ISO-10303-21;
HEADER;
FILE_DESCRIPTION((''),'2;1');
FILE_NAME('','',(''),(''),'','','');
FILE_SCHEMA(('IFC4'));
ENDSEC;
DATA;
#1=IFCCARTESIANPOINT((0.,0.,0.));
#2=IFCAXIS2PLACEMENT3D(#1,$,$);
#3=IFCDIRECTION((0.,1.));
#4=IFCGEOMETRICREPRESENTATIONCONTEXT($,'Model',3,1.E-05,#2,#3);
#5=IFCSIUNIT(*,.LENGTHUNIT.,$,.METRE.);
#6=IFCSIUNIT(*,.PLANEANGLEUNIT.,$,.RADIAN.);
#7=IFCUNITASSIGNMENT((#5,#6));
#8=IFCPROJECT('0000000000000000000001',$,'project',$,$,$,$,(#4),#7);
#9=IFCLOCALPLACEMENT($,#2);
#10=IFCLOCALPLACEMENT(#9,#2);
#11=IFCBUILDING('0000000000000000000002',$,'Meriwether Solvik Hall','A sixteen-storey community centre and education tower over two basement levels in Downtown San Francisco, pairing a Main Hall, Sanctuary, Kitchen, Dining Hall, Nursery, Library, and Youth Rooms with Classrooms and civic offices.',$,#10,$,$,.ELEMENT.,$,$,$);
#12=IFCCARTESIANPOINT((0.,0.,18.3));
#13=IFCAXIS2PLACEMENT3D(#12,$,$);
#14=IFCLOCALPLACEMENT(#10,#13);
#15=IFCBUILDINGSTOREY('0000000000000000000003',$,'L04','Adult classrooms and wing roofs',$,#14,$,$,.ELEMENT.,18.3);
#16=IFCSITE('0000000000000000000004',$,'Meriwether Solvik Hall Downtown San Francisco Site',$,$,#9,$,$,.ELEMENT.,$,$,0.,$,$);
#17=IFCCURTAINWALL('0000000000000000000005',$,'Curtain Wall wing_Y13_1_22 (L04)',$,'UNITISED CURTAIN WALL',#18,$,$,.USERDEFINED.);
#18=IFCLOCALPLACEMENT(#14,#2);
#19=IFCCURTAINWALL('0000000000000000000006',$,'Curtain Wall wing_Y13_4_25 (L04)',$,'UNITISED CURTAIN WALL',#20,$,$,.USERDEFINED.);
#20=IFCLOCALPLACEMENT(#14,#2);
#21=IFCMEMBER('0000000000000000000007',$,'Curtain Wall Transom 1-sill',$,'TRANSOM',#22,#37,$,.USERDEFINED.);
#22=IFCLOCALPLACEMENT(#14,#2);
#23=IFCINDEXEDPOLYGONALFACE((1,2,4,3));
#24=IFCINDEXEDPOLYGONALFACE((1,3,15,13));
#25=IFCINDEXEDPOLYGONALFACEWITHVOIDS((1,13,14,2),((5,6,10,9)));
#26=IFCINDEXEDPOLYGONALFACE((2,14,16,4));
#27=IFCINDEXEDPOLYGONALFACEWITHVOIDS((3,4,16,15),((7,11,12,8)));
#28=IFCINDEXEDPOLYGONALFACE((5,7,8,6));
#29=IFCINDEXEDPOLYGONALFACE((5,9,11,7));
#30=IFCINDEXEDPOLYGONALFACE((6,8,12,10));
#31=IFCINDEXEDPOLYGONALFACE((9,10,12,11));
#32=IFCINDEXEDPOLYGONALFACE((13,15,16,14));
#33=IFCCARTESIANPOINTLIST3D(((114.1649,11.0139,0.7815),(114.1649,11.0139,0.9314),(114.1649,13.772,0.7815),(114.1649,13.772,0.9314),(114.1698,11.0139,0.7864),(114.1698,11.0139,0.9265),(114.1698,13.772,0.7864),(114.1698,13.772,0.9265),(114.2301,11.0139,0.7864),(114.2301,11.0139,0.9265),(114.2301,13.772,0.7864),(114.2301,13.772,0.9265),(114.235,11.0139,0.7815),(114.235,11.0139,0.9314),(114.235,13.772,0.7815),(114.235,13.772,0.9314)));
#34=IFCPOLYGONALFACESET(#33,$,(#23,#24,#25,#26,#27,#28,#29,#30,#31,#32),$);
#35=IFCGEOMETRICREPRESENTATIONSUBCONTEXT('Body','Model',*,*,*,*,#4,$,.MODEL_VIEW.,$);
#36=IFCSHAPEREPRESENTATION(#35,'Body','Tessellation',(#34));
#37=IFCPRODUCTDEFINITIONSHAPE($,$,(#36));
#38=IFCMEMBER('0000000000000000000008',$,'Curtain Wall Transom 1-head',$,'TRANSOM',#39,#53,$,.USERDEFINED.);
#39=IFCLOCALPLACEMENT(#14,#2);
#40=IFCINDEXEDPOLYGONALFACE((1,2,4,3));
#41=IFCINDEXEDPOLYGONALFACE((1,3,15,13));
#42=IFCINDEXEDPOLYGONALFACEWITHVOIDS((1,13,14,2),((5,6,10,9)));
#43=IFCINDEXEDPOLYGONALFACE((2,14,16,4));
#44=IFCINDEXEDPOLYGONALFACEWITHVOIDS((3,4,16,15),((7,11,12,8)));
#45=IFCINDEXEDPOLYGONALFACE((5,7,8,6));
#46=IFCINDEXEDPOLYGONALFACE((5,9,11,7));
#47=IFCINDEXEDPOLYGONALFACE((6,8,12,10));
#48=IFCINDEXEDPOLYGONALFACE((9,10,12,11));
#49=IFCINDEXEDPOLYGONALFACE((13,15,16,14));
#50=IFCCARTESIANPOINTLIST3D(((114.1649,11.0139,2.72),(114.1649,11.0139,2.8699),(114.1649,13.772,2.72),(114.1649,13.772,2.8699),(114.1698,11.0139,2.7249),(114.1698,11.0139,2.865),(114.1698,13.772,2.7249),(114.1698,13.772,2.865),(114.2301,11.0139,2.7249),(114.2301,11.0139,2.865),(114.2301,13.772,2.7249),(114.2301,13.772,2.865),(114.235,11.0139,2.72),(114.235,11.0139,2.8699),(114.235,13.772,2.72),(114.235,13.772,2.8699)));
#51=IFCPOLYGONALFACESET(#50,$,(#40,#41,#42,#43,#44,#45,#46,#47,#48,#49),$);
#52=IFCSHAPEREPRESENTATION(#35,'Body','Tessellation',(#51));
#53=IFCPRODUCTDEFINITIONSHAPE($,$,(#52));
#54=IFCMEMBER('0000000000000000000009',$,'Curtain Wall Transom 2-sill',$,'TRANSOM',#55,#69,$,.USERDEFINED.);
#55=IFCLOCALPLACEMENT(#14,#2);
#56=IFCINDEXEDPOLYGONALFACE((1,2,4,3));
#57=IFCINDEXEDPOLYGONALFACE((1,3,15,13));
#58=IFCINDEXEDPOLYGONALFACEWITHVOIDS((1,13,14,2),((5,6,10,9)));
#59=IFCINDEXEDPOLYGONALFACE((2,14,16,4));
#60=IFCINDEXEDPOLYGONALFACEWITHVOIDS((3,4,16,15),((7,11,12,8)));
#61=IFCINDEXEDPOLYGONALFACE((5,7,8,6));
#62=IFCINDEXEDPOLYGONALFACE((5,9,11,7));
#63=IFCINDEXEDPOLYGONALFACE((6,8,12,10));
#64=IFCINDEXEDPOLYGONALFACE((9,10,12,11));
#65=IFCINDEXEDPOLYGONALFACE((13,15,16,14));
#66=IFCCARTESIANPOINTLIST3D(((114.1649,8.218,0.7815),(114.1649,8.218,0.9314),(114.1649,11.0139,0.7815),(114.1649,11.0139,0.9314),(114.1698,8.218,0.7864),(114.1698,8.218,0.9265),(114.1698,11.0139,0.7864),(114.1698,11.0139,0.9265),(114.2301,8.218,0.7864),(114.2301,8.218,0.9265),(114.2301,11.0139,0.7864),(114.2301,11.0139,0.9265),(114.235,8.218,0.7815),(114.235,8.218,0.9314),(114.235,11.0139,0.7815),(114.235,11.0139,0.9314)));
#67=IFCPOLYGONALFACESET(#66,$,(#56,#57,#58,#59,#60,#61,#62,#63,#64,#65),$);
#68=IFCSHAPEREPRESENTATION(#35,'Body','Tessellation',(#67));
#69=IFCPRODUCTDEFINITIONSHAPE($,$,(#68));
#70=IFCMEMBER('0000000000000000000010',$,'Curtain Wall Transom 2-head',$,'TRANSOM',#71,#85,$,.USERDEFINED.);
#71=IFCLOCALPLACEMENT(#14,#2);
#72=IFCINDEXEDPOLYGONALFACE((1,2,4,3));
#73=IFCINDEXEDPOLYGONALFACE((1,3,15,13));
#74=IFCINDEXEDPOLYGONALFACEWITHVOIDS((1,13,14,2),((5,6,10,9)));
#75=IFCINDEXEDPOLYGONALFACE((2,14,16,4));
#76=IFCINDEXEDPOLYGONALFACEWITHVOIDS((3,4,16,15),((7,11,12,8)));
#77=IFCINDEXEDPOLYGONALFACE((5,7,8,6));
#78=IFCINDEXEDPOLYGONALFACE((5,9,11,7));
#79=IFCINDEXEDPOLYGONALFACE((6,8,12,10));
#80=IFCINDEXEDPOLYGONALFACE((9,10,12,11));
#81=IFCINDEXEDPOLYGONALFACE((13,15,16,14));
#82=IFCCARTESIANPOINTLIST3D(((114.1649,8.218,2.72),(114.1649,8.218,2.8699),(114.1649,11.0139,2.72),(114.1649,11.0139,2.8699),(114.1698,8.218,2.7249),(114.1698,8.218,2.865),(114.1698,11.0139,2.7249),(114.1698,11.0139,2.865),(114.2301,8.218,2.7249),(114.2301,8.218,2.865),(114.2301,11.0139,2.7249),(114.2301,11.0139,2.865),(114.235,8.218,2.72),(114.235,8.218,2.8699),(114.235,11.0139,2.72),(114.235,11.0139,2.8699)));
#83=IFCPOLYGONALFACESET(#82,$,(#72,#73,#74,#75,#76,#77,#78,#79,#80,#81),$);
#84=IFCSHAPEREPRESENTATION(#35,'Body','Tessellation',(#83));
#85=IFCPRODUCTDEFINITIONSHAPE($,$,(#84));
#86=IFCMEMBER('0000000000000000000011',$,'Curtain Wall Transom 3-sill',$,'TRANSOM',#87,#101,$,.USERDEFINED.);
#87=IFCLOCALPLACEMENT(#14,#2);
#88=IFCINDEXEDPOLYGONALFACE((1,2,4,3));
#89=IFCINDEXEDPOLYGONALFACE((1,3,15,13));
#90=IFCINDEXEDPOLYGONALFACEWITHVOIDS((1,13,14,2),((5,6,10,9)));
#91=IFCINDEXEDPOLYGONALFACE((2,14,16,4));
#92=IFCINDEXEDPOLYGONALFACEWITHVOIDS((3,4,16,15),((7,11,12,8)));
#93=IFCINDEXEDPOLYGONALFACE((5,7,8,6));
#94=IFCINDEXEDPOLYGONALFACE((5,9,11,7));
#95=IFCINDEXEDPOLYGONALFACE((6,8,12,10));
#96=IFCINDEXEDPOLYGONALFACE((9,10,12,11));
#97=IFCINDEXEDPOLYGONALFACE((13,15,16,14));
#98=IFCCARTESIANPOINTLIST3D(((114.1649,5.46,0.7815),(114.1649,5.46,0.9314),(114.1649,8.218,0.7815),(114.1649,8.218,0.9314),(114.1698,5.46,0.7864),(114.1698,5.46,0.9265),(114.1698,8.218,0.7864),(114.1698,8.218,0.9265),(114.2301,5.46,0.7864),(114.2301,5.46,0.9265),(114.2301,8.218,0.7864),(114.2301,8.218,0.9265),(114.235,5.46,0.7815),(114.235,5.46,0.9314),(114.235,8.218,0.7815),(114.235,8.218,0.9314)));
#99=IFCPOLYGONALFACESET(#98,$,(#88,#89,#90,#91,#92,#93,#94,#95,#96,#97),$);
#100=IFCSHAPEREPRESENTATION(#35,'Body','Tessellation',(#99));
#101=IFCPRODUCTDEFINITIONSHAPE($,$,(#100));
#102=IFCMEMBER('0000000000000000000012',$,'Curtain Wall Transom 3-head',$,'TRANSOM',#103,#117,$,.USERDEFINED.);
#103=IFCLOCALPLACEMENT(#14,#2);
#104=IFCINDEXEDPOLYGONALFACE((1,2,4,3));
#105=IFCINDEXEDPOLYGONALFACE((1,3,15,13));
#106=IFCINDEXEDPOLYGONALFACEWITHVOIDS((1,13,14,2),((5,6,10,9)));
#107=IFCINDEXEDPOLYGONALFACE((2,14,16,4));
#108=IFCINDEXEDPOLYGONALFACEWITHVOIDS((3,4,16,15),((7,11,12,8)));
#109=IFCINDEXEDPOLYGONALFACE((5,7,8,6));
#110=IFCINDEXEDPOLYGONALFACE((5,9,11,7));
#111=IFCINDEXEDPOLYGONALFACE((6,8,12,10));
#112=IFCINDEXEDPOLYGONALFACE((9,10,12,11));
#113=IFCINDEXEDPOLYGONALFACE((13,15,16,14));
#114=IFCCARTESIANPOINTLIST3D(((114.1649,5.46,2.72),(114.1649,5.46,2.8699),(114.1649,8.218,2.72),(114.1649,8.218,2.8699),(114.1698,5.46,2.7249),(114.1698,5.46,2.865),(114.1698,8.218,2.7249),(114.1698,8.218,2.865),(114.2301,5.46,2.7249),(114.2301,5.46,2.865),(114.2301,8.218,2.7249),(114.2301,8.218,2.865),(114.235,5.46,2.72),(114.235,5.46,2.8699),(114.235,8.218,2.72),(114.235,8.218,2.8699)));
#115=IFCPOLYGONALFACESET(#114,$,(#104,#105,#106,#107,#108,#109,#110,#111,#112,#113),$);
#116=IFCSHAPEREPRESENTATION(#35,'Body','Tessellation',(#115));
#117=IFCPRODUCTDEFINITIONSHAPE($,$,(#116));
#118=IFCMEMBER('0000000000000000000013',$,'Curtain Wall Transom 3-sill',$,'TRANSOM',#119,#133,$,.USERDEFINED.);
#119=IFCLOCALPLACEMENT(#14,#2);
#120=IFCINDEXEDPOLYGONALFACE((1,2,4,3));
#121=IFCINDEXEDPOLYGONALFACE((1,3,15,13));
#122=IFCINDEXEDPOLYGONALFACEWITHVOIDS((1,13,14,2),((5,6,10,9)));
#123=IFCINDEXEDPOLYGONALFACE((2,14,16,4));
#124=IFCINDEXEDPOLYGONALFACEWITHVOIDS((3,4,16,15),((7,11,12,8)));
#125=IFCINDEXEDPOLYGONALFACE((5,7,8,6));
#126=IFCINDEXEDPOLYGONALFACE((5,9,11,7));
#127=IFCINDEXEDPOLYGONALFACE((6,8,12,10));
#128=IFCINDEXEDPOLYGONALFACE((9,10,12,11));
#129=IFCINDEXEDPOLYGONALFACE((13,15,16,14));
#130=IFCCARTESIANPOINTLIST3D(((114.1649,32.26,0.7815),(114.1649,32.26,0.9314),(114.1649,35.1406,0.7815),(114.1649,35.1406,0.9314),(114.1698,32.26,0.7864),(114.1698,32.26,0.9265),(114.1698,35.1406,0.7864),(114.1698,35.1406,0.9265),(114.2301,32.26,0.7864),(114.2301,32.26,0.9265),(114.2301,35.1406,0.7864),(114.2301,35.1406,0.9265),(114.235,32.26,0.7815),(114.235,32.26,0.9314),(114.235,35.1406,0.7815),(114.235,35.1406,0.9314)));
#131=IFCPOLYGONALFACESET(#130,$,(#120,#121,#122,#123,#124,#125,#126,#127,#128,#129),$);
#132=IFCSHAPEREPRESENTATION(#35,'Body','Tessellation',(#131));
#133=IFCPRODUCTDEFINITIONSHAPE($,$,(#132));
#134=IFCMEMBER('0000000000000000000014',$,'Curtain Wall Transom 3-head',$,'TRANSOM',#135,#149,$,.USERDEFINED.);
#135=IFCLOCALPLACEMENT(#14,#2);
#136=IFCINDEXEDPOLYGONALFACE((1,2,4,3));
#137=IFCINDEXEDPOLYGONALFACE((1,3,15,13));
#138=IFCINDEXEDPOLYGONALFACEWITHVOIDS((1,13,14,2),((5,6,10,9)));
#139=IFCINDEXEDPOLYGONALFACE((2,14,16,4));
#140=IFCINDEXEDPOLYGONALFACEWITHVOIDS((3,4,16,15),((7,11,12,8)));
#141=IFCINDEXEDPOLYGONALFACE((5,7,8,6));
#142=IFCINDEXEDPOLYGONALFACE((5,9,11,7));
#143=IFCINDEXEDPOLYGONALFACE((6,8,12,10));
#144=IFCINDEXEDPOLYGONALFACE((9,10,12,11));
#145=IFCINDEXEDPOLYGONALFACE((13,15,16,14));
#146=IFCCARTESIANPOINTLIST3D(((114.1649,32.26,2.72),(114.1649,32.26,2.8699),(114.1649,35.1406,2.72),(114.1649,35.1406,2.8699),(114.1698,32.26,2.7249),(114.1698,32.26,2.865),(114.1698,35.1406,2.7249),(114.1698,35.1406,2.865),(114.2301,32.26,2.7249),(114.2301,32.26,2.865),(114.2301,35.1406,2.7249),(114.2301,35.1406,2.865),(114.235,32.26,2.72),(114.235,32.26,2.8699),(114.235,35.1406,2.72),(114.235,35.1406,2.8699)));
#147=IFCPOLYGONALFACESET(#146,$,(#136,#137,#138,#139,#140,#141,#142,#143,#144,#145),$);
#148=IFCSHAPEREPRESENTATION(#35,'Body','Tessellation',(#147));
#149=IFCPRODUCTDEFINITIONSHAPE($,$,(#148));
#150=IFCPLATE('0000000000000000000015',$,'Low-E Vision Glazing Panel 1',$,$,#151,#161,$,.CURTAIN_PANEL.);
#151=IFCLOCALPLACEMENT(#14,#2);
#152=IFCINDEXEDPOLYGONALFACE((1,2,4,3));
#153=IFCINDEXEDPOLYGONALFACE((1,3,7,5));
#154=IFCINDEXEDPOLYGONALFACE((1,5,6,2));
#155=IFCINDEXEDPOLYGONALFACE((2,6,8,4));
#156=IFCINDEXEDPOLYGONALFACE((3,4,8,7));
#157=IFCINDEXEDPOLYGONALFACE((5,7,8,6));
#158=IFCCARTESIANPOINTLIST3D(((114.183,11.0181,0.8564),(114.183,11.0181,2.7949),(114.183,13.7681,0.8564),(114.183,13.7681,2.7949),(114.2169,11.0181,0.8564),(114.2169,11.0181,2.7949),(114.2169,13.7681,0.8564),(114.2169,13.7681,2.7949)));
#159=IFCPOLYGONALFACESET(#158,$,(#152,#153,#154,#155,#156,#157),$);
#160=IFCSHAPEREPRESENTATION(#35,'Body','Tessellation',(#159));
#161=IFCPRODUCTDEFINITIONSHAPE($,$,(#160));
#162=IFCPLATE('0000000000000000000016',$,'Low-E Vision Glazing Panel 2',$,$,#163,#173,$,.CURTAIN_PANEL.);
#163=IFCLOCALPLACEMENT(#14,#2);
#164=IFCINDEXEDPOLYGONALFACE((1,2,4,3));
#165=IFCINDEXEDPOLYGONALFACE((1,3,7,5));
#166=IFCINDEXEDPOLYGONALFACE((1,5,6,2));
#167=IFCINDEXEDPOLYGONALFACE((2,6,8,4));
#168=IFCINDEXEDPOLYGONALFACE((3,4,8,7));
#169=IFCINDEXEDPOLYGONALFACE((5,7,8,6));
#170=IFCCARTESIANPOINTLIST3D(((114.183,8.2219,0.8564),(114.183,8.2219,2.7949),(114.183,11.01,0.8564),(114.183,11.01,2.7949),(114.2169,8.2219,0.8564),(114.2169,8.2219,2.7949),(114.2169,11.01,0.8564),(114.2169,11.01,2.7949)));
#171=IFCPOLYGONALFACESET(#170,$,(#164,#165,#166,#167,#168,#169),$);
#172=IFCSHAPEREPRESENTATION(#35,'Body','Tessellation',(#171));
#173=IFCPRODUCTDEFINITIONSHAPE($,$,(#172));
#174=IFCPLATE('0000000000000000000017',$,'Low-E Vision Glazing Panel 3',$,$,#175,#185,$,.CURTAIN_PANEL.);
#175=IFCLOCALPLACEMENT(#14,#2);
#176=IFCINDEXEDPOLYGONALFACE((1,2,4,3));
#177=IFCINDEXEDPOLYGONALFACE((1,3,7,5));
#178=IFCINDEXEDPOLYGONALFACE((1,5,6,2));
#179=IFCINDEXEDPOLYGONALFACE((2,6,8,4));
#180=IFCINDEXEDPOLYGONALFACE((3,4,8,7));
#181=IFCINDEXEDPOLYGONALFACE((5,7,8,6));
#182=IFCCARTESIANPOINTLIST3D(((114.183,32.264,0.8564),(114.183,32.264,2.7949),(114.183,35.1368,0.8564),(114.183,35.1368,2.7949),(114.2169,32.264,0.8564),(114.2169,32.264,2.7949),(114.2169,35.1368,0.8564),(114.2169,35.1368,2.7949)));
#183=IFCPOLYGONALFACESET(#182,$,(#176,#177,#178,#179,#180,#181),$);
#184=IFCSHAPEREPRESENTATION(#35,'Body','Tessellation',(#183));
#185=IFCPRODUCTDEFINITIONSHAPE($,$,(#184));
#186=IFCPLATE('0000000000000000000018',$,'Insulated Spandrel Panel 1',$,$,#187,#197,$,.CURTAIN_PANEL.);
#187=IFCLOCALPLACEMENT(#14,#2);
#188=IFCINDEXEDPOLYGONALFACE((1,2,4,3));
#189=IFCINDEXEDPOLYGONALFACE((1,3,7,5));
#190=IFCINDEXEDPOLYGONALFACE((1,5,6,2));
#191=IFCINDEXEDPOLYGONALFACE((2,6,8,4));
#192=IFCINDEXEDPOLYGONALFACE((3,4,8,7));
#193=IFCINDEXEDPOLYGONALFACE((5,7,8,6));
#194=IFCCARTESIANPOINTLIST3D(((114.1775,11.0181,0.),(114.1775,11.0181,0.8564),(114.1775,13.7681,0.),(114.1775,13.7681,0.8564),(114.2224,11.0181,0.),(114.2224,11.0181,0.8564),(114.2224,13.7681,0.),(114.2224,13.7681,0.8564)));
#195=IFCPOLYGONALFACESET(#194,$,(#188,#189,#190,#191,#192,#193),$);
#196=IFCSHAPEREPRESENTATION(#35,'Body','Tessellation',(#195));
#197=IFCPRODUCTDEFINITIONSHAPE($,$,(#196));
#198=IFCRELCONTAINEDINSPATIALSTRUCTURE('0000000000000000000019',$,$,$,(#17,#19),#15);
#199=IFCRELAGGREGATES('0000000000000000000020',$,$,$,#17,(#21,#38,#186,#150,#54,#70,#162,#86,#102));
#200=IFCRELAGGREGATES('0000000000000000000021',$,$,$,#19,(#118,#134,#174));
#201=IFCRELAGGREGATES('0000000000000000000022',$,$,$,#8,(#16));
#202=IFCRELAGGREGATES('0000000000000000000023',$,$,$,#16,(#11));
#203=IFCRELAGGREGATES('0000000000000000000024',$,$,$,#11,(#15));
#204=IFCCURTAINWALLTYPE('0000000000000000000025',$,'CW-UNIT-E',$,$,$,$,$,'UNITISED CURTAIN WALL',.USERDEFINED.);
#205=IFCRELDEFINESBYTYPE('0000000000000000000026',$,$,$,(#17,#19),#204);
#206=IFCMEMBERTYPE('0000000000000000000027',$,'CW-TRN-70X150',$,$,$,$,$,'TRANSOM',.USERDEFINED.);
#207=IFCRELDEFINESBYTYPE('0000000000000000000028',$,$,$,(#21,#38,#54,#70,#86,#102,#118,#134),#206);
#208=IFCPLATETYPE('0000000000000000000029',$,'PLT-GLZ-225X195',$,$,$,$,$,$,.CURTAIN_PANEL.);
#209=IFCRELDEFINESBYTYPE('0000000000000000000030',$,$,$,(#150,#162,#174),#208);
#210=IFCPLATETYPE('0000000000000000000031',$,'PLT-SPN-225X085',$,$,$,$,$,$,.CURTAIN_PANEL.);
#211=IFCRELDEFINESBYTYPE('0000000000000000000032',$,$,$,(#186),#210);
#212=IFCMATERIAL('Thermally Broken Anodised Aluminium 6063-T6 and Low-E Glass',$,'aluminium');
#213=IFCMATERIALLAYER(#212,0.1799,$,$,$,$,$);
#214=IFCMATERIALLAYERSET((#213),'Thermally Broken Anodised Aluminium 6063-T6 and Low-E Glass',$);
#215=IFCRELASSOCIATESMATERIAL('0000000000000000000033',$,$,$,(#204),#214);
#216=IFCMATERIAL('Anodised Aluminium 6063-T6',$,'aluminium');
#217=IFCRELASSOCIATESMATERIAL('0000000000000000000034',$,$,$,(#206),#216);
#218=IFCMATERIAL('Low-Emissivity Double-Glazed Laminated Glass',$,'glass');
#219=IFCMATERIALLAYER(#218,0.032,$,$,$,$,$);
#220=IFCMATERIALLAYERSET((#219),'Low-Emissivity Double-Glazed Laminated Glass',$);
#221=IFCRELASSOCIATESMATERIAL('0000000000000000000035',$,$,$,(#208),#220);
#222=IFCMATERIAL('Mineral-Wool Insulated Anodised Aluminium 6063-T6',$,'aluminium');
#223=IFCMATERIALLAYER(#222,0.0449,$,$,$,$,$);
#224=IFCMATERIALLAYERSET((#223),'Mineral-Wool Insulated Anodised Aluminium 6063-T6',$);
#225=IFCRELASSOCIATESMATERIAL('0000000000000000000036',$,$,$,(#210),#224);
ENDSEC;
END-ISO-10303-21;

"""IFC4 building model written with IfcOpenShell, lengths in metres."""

from ifc_helpers import new_model, si_unit, direction, frame, origin, origin_2d, place, context, subcontext, project, spatial, rectangle, hollow_rectangle, extrude, material, layer, layer_set, material_profile, profile_set, type_object, element, aggregate, save


model = new_model("IFC4")

# Units and contexts
model_context = context("Model", 3, precision=1e-05, world=origin(), true_north=direction((0.0, 1.0)))
body_context = subcontext(model_context, "Body", "Model", "MODEL_VIEW")
ifc_project = project(units=[si_unit("LENGTHUNIT", "METRE"), si_unit("PLANEANGLEUNIT", "RADIAN")], contexts=[model_context])

# Site, building, storey
site_placement = place(None, origin())
site = spatial("IfcSite", under=ifc_project, at=site_placement, Name="Meriwether Solvik Hall Downtown San Francisco Site", CompositionType="ELEMENT", RefElevation=0.0)
building_placement = place(site_placement, origin())
building = spatial("IfcBuilding", under=site, at=building_placement, Name="Meriwether Solvik Hall", Description="A sixteen-storey community centre and education tower over two basement levels in Downtown San Francisco, pairing a Main Hall, Sanctuary, Kitchen, Dining Hall, Nursery, Library, and Youth Rooms with Classrooms and civic offices.", CompositionType="ELEMENT")
storey_placement = place(building_placement, frame((0.0, 0.0, 18.3)))
storey = spatial("IfcBuildingStorey", under=building, at=storey_placement, Name="L04", Description="Adult classrooms and wing roofs", CompositionType="ELEMENT", Elevation=18.3)

# Curtain walls
ifc_material_1 = material(Name="Thermally Broken Anodised Aluminium 6063-T6 and Low-E Glass", Category="aluminium")
ifc_layer_1 = layer(ifc_material_1, 0.1799)
ifc_layer_set_1 = layer_set([ifc_layer_1], Name="Thermally Broken Anodised Aluminium 6063-T6 and Low-E Glass")
curtain_wall_type = type_object("IfcCurtainWallType", Name="CW-UNIT-E", ElementType="UNITISED CURTAIN WALL", PredefinedType="USERDEFINED", material=ifc_layer_set_1)
curtain_wall_1_placement = place(storey_placement, origin())
curtain_wall_1 = element("IfcCurtainWall", 1, at=curtain_wall_1_placement, inside=storey, type_object=curtain_wall_type, Name="Curtain Wall wing_Y13_1_22 (L04)", ObjectType="UNITISED CURTAIN WALL", PredefinedType="USERDEFINED")
curtain_wall_2_placement = place(storey_placement, origin())
curtain_wall_2 = element("IfcCurtainWall", 2, at=curtain_wall_2_placement, inside=storey, type_object=curtain_wall_type, Name="Curtain Wall wing_Y13_4_25 (L04)", ObjectType="UNITISED CURTAIN WALL", PredefinedType="USERDEFINED")

# Members
ifc_material_2 = material(Name="Anodised Aluminium 6063-T6", Category="aluminium")
ifc_material_profile_1 = material_profile(ifc_material_2, hollow_rectangle(XDim=0.0701, YDim=0.1499, WallThickness=0.0049, at=origin_2d()), Name="CWT-70X150")
ifc_profile_set_1 = profile_set([ifc_material_profile_1], Name="Anodised Aluminium 6063-T6")
member_type_1 = type_object("IfcMemberType", Name="CW-TRN-70X150", ElementType="TRANSOM", PredefinedType="USERDEFINED", material=ifc_profile_set_1)
member_1_placement = place(storey_placement, frame((114.2, 13.772, 0.8564), z_axis=(0.0, -1.0, 0.0), x_axis=(1.0, 0.0, 0.0)))
member_1 = element("IfcMember", 3, at=member_1_placement, type_object=member_type_1, Name="Curtain Wall Transom 1-sill", ObjectType="TRANSOM", PredefinedType="USERDEFINED", context=body_context, shape_type="SweptSolid", body=[
    extrude(hollow_rectangle(XDim=0.0701, YDim=0.1499, WallThickness=0.0049, at=origin_2d()), origin(), (0.0, 0.0, 1.0), 2.7581),
])
member_2_placement = place(storey_placement, frame((114.2, 13.772, 2.7949), z_axis=(0.0, -1.0, 0.0), x_axis=(1.0, 0.0, 0.0)))
member_2 = element("IfcMember", 4, at=member_2_placement, type_object=member_type_1, Name="Curtain Wall Transom 1-head", ObjectType="TRANSOM", PredefinedType="USERDEFINED", context=body_context, shape_type="SweptSolid", body=[
    extrude(hollow_rectangle(XDim=0.0701, YDim=0.1499, WallThickness=0.0049, at=origin_2d()), origin(), (0.0, 0.0, 1.0), 2.7581),
])
member_3_placement = place(storey_placement, frame((114.2, 11.0139, 0.8564), z_axis=(0.0, -1.0, 0.0), x_axis=(1.0, 0.0, 0.0)))
member_3 = element("IfcMember", 5, at=member_3_placement, type_object=member_type_1, Name="Curtain Wall Transom 2-sill", ObjectType="TRANSOM", PredefinedType="USERDEFINED", context=body_context, shape_type="SweptSolid", body=[
    extrude(hollow_rectangle(XDim=0.0701, YDim=0.1499, WallThickness=0.0049, at=origin_2d()), origin(), (0.0, 0.0, 1.0), 2.7959),
])
member_4_placement = place(storey_placement, frame((114.2, 11.0139, 2.7949), z_axis=(0.0, -1.0, 0.0), x_axis=(1.0, 0.0, 0.0)))
member_4 = element("IfcMember", 6, at=member_4_placement, type_object=member_type_1, Name="Curtain Wall Transom 2-head", ObjectType="TRANSOM", PredefinedType="USERDEFINED", context=body_context, shape_type="SweptSolid", body=[
    extrude(hollow_rectangle(XDim=0.0701, YDim=0.1499, WallThickness=0.0049, at=origin_2d()), origin(), (0.0, 0.0, 1.0), 2.7959),
])
member_5_placement = place(storey_placement, frame((114.2, 8.218, 0.8564), z_axis=(0.0, -1.0, 0.0), x_axis=(1.0, 0.0, 0.0)))
member_5 = element("IfcMember", 7, at=member_5_placement, type_object=member_type_1, Name="Curtain Wall Transom 3-sill", ObjectType="TRANSOM", PredefinedType="USERDEFINED", context=body_context, shape_type="SweptSolid", body=[
    extrude(hollow_rectangle(XDim=0.0701, YDim=0.1499, WallThickness=0.0049, at=origin_2d()), origin(), (0.0, 0.0, 1.0), 2.7581),
])
member_6_placement = place(storey_placement, frame((114.2, 8.218, 2.7949), z_axis=(0.0, -1.0, 0.0), x_axis=(1.0, 0.0, 0.0)))
member_6 = element("IfcMember", 8, at=member_6_placement, type_object=member_type_1, Name="Curtain Wall Transom 3-head", ObjectType="TRANSOM", PredefinedType="USERDEFINED", context=body_context, shape_type="SweptSolid", body=[
    extrude(hollow_rectangle(XDim=0.0701, YDim=0.1499, WallThickness=0.0049, at=origin_2d()), origin(), (0.0, 0.0, 1.0), 2.7581),
])
member_7_placement = place(storey_placement, frame((114.2, 35.1406, 0.8564), z_axis=(0.0, -1.0, 0.0), x_axis=(1.0, 0.0, 0.0)))
member_7 = element("IfcMember", 9, at=member_7_placement, type_object=member_type_1, Name="Curtain Wall Transom 3-sill", ObjectType="TRANSOM", PredefinedType="USERDEFINED", context=body_context, shape_type="SweptSolid", body=[
    extrude(hollow_rectangle(XDim=0.0701, YDim=0.1499, WallThickness=0.0049, at=origin_2d()), origin(), (0.0, 0.0, 1.0), 2.8806),
])
member_8_placement = place(storey_placement, frame((114.2, 35.1406, 2.7949), z_axis=(0.0, -1.0, 0.0), x_axis=(1.0, 0.0, 0.0)))
member_8 = element("IfcMember", 10, at=member_8_placement, type_object=member_type_1, Name="Curtain Wall Transom 3-head", ObjectType="TRANSOM", PredefinedType="USERDEFINED", context=body_context, shape_type="SweptSolid", body=[
    extrude(hollow_rectangle(XDim=0.0701, YDim=0.1499, WallThickness=0.0049, at=origin_2d()), origin(), (0.0, 0.0, 1.0), 2.8806),
])

# Plates
ifc_material_3 = material(Name="Low-Emissivity Double-Glazed Laminated Glass", Category="glass")
ifc_layer_2 = layer(ifc_material_3, 0.032)
ifc_layer_set_2 = layer_set([ifc_layer_2], Name="Low-Emissivity Double-Glazed Laminated Glass")
plate_type_1 = type_object("IfcPlateType", Name="PLT-GLZ-225X195", PredefinedType="CURTAIN_PANEL", material=ifc_layer_set_2)
plate_1_placement = place(storey_placement, frame((114.2, 12.3931, 0.8564), z_axis=(0.0, 0.0, 1.0), x_axis=(0.0, -1.0, 0.0)))
plate_1 = element("IfcPlate", 11, at=plate_1_placement, type_object=plate_type_1, Name="Low-E Vision Glazing Panel 1", PredefinedType="CURTAIN_PANEL", context=body_context, shape_type="SweptSolid", body=[
    extrude(rectangle(XDim=2.75, YDim=0.0339, at=origin_2d()), origin(), (0.0, 0.0, 1.0), 1.9385),
])
plate_2_placement = place(storey_placement, frame((114.2, 9.616, 0.8564), z_axis=(0.0, 0.0, 1.0), x_axis=(0.0, -1.0, 0.0)))
plate_2 = element("IfcPlate", 12, at=plate_2_placement, type_object=plate_type_1, Name="Low-E Vision Glazing Panel 2", PredefinedType="CURTAIN_PANEL", context=body_context, shape_type="SweptSolid", body=[
    extrude(rectangle(XDim=2.7881, YDim=0.0339, at=origin_2d()), origin(), (0.0, 0.0, 1.0), 1.9385),
])
plate_3_placement = place(storey_placement, frame((114.2, 33.7004, 0.8564), z_axis=(0.0, 0.0, 1.0), x_axis=(0.0, -1.0, 0.0)))
plate_3 = element("IfcPlate", 13, at=plate_3_placement, type_object=plate_type_1, Name="Low-E Vision Glazing Panel 3", PredefinedType="CURTAIN_PANEL", context=body_context, shape_type="SweptSolid", body=[
    extrude(rectangle(XDim=2.8728, YDim=0.0339, at=origin_2d()), origin(), (0.0, 0.0, 1.0), 1.9385),
])
ifc_material_4 = material(Name="Mineral-Wool Insulated Anodised Aluminium 6063-T6", Category="aluminium")
ifc_layer_3 = layer(ifc_material_4, 0.0449)
ifc_layer_set_3 = layer_set([ifc_layer_3], Name="Mineral-Wool Insulated Anodised Aluminium 6063-T6")
plate_type_2 = type_object("IfcPlateType", Name="PLT-SPN-225X085", PredefinedType="CURTAIN_PANEL", material=ifc_layer_set_3)
plate_4_placement = place(storey_placement, frame((114.2, 12.3931, 0.0), z_axis=(0.0, 0.0, 1.0), x_axis=(0.0, -1.0, 0.0)))
plate_4 = element("IfcPlate", 14, at=plate_4_placement, type_object=plate_type_2, Name="Insulated Spandrel Panel 1", PredefinedType="CURTAIN_PANEL", context=body_context, shape_type="SweptSolid", body=[
    extrude(rectangle(XDim=2.75, YDim=0.0449, at=origin_2d()), origin(), (0.0, 0.0, 1.0), 0.8564),
])
aggregate(curtain_wall_1, [member_1, member_2, plate_4, plate_1, member_3, member_4, plate_2, member_5, member_6])
aggregate(curtain_wall_2, [member_7, member_8, plate_3])

save(model, "model.ifc")
